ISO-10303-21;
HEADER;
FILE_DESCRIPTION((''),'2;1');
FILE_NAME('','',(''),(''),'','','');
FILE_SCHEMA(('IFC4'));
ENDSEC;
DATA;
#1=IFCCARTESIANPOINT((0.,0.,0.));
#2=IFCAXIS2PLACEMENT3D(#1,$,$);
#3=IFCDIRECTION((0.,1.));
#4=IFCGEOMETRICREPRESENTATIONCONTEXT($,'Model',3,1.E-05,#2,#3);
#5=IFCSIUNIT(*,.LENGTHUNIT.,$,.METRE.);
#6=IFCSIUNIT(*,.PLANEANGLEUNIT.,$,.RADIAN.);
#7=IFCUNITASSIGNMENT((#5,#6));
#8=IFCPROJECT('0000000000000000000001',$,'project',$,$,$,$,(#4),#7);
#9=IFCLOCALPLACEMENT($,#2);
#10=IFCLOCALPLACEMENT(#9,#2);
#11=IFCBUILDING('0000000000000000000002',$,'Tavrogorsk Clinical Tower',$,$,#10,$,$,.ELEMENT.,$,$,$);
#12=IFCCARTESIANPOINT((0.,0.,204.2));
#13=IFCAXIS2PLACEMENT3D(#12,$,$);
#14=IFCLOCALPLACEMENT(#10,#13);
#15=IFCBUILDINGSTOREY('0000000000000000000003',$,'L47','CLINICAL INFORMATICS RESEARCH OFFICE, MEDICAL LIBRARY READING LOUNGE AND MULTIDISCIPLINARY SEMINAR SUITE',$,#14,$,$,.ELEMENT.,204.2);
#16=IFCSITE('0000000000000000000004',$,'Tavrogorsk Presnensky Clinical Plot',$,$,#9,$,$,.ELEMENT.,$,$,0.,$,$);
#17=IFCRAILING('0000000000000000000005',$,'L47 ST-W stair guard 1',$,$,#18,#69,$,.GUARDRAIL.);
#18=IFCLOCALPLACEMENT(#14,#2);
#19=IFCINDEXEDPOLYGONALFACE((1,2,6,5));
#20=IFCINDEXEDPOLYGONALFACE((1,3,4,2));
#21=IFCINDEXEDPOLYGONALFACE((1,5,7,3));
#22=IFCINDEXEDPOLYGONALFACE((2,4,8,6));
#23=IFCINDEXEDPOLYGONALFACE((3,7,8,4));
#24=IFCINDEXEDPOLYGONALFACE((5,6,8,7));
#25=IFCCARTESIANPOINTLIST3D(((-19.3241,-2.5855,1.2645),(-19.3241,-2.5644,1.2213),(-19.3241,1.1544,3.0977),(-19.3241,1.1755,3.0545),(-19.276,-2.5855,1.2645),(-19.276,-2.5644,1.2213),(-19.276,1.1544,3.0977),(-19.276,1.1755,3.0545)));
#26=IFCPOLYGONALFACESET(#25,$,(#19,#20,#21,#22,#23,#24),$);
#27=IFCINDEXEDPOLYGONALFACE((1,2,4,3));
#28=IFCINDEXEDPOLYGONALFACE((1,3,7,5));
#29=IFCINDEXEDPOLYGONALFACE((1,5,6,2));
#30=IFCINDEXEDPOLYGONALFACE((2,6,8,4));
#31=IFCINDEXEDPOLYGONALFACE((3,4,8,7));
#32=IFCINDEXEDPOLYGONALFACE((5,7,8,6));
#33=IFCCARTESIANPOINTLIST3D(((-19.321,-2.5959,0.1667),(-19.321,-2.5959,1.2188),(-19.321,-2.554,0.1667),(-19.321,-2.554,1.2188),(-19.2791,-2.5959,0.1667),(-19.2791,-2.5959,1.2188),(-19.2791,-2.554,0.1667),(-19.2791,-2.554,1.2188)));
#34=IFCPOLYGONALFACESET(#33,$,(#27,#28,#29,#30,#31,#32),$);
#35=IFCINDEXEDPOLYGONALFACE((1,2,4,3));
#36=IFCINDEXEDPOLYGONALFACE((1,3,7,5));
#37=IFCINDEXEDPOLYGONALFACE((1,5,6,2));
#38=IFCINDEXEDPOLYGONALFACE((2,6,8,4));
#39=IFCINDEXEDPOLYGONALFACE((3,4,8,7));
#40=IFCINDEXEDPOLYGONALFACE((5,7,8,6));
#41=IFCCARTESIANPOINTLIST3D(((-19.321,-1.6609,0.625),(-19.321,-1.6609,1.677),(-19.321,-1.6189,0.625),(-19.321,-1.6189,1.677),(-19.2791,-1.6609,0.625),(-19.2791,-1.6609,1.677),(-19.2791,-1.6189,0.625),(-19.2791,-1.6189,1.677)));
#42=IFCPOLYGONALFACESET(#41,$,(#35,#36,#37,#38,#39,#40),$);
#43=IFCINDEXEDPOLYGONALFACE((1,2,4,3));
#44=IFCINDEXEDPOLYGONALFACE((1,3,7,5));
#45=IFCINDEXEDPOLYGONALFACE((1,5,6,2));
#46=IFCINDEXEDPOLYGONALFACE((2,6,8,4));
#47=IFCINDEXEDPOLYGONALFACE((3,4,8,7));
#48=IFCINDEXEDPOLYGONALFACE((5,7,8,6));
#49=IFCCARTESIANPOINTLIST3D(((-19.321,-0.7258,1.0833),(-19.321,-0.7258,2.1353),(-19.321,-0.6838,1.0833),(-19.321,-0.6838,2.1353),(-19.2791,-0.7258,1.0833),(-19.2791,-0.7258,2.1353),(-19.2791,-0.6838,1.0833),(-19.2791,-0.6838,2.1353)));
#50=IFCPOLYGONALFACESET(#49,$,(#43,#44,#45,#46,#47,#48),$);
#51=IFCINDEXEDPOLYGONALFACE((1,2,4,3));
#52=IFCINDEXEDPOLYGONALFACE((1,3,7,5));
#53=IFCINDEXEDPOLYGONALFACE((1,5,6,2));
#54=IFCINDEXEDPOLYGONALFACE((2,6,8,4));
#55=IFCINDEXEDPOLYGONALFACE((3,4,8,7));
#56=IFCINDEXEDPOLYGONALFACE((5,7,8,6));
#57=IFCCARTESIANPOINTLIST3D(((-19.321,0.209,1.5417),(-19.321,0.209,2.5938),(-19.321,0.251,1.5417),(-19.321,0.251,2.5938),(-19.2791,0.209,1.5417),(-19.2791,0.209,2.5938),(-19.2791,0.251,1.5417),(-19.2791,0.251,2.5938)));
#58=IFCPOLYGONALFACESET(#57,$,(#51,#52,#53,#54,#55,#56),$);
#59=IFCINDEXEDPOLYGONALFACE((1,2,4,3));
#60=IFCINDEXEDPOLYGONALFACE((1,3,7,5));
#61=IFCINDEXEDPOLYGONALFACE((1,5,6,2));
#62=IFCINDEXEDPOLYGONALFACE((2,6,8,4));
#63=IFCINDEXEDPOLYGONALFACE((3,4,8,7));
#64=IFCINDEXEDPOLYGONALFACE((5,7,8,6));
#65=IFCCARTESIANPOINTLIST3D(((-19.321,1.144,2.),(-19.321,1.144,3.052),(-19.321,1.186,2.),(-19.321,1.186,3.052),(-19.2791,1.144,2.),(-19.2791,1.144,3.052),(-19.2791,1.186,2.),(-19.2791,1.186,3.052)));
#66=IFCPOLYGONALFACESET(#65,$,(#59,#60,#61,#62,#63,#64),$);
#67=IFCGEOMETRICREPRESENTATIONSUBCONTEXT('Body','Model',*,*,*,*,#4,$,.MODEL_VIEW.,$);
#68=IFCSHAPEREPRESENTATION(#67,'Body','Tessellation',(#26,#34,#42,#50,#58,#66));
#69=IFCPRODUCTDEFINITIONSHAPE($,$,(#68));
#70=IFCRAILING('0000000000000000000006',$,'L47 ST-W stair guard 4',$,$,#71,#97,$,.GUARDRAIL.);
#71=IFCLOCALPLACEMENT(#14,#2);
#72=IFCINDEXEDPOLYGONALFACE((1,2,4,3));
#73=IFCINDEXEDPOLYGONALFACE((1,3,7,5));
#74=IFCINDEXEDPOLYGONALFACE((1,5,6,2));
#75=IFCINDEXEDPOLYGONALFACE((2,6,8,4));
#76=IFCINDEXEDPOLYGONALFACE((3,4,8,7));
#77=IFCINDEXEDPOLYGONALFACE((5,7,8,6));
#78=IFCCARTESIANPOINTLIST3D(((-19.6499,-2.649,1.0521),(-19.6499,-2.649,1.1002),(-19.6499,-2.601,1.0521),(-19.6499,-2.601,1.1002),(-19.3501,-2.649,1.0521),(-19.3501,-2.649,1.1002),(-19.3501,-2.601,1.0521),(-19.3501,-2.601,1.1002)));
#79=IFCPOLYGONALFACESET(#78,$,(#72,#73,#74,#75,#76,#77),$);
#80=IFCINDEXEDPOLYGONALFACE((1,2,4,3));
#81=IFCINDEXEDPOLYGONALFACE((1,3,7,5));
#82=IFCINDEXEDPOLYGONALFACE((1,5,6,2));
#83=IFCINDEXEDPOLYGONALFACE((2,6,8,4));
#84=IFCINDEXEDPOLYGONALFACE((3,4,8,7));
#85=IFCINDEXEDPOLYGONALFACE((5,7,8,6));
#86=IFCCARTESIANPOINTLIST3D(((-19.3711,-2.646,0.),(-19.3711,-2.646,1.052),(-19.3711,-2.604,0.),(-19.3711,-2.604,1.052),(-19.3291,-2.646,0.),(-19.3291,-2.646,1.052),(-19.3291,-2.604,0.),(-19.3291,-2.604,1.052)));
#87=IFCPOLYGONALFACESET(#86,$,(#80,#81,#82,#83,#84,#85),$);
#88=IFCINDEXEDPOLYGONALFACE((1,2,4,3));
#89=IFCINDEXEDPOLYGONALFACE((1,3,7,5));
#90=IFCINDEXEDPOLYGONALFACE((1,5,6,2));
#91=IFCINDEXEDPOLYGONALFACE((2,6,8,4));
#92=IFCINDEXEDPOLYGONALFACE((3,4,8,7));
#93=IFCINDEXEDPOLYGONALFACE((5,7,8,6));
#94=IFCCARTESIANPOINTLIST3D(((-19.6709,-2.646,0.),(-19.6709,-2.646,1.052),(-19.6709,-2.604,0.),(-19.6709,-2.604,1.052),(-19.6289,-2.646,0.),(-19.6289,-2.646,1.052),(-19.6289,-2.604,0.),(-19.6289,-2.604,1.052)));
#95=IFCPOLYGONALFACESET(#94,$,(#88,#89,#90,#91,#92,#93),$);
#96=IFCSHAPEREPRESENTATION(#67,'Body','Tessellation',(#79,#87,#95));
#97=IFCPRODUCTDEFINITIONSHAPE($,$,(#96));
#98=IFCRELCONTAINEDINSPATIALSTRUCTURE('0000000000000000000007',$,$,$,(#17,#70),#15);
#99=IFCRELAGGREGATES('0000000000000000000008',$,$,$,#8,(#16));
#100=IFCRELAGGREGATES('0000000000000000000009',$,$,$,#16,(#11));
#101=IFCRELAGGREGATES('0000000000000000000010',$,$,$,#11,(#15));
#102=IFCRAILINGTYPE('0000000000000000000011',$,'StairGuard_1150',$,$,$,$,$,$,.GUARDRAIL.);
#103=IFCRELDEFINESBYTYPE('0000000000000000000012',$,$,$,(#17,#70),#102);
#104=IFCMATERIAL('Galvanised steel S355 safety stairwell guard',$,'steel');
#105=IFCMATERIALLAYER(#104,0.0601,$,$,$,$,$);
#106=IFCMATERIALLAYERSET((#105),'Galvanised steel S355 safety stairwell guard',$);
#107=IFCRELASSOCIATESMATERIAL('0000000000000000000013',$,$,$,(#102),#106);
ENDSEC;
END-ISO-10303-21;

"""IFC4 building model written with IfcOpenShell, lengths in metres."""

from ifc_helpers import new_model, si_unit, direction, frame, origin, origin_2d, place, context, subcontext, project, spatial, rectangle, extrude, material, layer, layer_set, type_object, element, save


model = new_model("IFC4")

# Units and contexts
model_context = context("Model", 3, precision=1e-05, world=origin(), true_north=direction((0.0, 1.0)))
body_context = subcontext(model_context, "Body", "Model", "MODEL_VIEW")
ifc_project = project(units=[si_unit("LENGTHUNIT", "METRE"), si_unit("PLANEANGLEUNIT", "RADIAN")], contexts=[model_context])

# Site, building, storey
site_placement = place(None, origin())
site = spatial("IfcSite", under=ifc_project, at=site_placement, Name="Tavrogorsk Presnensky Clinical Plot", CompositionType="ELEMENT", RefElevation=0.0)
building_placement = place(site_placement, origin())
building = spatial("IfcBuilding", under=site, at=building_placement, Name="Tavrogorsk Clinical Tower", CompositionType="ELEMENT")
storey_placement = place(building_placement, frame((0.0, 0.0, 204.2)))
storey = spatial("IfcBuildingStorey", under=building, at=storey_placement, Name="L47", Description="CLINICAL INFORMATICS RESEARCH OFFICE, MEDICAL LIBRARY READING LOUNGE AND MULTIDISCIPLINARY SEMINAR SUITE", CompositionType="ELEMENT", Elevation=204.2)

# Railings
ifc_material_1 = material(Name="Galvanised steel S355 safety stairwell guard", Category="steel")
ifc_layer_1 = layer(ifc_material_1, 0.0601)
ifc_layer_set_1 = layer_set([ifc_layer_1], Name="Galvanised steel S355 safety stairwell guard")
railing_type = type_object("IfcRailingType", Name="StairGuard_1150", PredefinedType="GUARDRAIL", material=ifc_layer_set_1)
railing_1_placement = place(storey_placement, frame((-19.3, -2.575, 0.1667)))
element("IfcRailing", 1, at=railing_1_placement, inside=storey, type_object=railing_type, Name="L47 ST-W stair guard 1", PredefinedType="GUARDRAIL", context=body_context, shape_type="SweptSolid", body=[
    extrude(rectangle(XDim=0.0481, YDim=0.0481, at=origin_2d()), frame((0.0, 0.0, 1.0762), z_axis=(0.0, 0.897928, 0.440142), x_axis=(-1.0, 0.0, 0.0)), (0.0, 0.0, 1.0), 4.165),
    extrude(rectangle(XDim=0.042, YDim=0.042, at=origin_2d()), origin(), (0.0, 0.0, 1.0), 1.052),
    extrude(rectangle(XDim=0.042, YDim=0.042, at=origin_2d()), frame((0.0, 0.9351, 0.4583)), (0.0, 0.0, 1.0), 1.052),
    extrude(rectangle(XDim=0.042, YDim=0.042, at=origin_2d()), frame((0.0, 1.8701, 0.9165)), (0.0, 0.0, 1.0), 1.052),
    extrude(rectangle(XDim=0.042, YDim=0.042, at=origin_2d()), frame((0.0, 2.8049, 1.375)), (0.0, 0.0, 1.0), 1.052),
    extrude(rectangle(XDim=0.042, YDim=0.042, at=origin_2d()), frame((0.0, 3.74, 1.8333)), (0.0, 0.0, 1.0), 1.052),
])
railing_2_placement = place(storey_placement, frame((-19.3501, -2.625, 0.0)))
element("IfcRailing", 2, at=railing_2_placement, inside=storey, type_object=railing_type, Name="L47 ST-W stair guard 4", PredefinedType="GUARDRAIL", context=body_context, shape_type="SweptSolid", body=[
    extrude(rectangle(XDim=0.0481, YDim=0.0481, at=origin_2d()), frame((0.0, 0.0, 1.0762), z_axis=(-1.0, 0.0, 0.0), x_axis=(0.0, -1.0, 0.0)), (0.0, 0.0, 1.0), 0.2998),
    extrude(rectangle(XDim=0.042, YDim=0.042, at=origin_2d()), origin(), (0.0, 0.0, 1.0), 1.052),
    extrude(rectangle(XDim=0.042, YDim=0.042, at=origin_2d()), frame((-0.2998, 0.0, 0.0)), (0.0, 0.0, 1.0), 1.052),
])

save(model, "model.ifc")
